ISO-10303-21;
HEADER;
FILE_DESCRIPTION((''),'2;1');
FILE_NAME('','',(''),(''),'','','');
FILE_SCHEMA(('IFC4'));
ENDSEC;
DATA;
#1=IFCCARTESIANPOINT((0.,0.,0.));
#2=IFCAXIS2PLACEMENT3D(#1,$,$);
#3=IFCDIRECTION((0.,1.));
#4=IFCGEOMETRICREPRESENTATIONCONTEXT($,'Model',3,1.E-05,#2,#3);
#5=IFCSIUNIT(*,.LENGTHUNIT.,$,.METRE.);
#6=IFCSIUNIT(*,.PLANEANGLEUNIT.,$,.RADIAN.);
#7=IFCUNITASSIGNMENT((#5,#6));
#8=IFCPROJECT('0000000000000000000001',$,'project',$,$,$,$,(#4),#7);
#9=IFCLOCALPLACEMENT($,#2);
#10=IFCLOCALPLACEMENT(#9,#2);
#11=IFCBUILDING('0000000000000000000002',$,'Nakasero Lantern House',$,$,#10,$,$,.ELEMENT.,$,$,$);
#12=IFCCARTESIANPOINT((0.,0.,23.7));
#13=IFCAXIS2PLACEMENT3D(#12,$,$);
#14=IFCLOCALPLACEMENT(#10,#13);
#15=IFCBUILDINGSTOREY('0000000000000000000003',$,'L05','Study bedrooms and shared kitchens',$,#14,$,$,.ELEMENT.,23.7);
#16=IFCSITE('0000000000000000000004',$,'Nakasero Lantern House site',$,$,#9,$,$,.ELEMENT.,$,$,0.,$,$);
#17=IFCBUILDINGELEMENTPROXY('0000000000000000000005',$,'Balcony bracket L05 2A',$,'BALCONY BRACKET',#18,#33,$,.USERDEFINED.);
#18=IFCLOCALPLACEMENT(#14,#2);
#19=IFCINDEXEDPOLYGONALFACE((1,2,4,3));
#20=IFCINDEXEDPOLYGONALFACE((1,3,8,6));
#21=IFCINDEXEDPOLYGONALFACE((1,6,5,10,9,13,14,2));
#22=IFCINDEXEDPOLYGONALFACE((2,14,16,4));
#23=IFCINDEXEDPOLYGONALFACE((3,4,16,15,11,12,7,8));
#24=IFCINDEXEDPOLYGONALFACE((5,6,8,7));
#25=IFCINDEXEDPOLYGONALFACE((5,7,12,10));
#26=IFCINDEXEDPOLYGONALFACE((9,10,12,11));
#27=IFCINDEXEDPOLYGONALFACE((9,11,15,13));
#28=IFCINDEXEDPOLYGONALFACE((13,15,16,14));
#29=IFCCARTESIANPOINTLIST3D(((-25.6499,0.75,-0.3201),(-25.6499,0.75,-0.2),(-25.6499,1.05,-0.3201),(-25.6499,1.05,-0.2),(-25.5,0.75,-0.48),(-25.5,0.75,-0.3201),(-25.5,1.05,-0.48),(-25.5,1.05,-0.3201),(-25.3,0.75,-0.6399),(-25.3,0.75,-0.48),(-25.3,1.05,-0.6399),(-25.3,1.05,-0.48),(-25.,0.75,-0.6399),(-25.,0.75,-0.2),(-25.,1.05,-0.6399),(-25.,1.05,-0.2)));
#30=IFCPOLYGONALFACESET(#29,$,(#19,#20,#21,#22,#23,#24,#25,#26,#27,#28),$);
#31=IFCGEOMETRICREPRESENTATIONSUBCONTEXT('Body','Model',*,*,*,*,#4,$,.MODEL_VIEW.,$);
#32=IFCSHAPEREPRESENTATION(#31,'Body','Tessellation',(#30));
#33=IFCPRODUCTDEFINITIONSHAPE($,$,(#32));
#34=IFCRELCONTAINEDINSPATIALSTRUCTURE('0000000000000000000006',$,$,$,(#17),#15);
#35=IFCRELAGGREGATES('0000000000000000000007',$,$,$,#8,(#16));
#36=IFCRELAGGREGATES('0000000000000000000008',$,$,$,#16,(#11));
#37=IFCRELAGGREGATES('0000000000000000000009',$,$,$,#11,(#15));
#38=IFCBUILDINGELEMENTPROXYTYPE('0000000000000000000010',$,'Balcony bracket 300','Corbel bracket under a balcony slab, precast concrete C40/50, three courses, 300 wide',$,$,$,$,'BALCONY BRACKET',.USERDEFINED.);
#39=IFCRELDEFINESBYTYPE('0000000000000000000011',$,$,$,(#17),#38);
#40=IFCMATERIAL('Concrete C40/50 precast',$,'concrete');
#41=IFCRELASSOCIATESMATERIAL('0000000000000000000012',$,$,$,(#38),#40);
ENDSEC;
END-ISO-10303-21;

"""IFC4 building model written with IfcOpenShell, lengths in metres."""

from ifc_helpers import new_model, si_unit, direction, frame, origin, place, context, subcontext, project, spatial, polyline, outline, extrude, material, type_object, element, save


model = new_model("IFC4")

# Units and contexts
model_context = context("Model", 3, precision=1e-05, world=origin(), true_north=direction((0.0, 1.0)))
body_context = subcontext(model_context, "Body", "Model", "MODEL_VIEW")
ifc_project = project(units=[si_unit("LENGTHUNIT", "METRE"), si_unit("PLANEANGLEUNIT", "RADIAN")], contexts=[model_context])

# Site, building, storey
site_placement = place(None, origin())
site = spatial("IfcSite", under=ifc_project, at=site_placement, Name="Nakasero Lantern House site", CompositionType="ELEMENT", RefElevation=0.0)
building_placement = place(site_placement, origin())
building = spatial("IfcBuilding", under=site, at=building_placement, Name="Nakasero Lantern House", CompositionType="ELEMENT")
storey_placement = place(building_placement, frame((0.0, 0.0, 23.7)))
storey = spatial("IfcBuildingStorey", under=building, at=storey_placement, Name="L05", Description="Study bedrooms and shared kitchens", CompositionType="ELEMENT", Elevation=23.7)

# Building element proxy
ifc_material_1 = material(Name="Concrete C40/50 precast", Category="concrete")
building_element_proxy_type = type_object("IfcBuildingElementProxyType", Name="Balcony bracket 300", Description="Corbel bracket under a balcony slab, precast concrete C40/50, three courses, 300 wide", ElementType="BALCONY BRACKET", PredefinedType="USERDEFINED", material=ifc_material_1)
proxy_placement = place(storey_placement, frame((-25.0, 0.8999, -0.2), z_axis=(0.0, 0.0, 1.0), x_axis=(-1.0, 0.0, 0.0)))
element("IfcBuildingElementProxy", 1, at=proxy_placement, inside=storey, type_object=building_element_proxy_type, Name="Balcony bracket L05 2A", ObjectType="BALCONY BRACKET", PredefinedType="USERDEFINED", context=body_context, shape_type="SweptSolid", body=[
    extrude(outline(polyline([(0.0, 0.0), (0.6499, 0.0), (0.6499, -0.1201), (0.5, -0.1201), (0.5, -0.28), (0.3, -0.28), (0.3, -0.4399), (0.0, -0.4399), (0.0, 0.0)])), frame((0.0, 0.1499, 0.0), z_axis=(0.0, -1.0, 0.0), x_axis=(1.0, 0.0, 0.0)), (0.0, 0.0, 1.0), 0.3),
])

save(model, "model.ifc")
